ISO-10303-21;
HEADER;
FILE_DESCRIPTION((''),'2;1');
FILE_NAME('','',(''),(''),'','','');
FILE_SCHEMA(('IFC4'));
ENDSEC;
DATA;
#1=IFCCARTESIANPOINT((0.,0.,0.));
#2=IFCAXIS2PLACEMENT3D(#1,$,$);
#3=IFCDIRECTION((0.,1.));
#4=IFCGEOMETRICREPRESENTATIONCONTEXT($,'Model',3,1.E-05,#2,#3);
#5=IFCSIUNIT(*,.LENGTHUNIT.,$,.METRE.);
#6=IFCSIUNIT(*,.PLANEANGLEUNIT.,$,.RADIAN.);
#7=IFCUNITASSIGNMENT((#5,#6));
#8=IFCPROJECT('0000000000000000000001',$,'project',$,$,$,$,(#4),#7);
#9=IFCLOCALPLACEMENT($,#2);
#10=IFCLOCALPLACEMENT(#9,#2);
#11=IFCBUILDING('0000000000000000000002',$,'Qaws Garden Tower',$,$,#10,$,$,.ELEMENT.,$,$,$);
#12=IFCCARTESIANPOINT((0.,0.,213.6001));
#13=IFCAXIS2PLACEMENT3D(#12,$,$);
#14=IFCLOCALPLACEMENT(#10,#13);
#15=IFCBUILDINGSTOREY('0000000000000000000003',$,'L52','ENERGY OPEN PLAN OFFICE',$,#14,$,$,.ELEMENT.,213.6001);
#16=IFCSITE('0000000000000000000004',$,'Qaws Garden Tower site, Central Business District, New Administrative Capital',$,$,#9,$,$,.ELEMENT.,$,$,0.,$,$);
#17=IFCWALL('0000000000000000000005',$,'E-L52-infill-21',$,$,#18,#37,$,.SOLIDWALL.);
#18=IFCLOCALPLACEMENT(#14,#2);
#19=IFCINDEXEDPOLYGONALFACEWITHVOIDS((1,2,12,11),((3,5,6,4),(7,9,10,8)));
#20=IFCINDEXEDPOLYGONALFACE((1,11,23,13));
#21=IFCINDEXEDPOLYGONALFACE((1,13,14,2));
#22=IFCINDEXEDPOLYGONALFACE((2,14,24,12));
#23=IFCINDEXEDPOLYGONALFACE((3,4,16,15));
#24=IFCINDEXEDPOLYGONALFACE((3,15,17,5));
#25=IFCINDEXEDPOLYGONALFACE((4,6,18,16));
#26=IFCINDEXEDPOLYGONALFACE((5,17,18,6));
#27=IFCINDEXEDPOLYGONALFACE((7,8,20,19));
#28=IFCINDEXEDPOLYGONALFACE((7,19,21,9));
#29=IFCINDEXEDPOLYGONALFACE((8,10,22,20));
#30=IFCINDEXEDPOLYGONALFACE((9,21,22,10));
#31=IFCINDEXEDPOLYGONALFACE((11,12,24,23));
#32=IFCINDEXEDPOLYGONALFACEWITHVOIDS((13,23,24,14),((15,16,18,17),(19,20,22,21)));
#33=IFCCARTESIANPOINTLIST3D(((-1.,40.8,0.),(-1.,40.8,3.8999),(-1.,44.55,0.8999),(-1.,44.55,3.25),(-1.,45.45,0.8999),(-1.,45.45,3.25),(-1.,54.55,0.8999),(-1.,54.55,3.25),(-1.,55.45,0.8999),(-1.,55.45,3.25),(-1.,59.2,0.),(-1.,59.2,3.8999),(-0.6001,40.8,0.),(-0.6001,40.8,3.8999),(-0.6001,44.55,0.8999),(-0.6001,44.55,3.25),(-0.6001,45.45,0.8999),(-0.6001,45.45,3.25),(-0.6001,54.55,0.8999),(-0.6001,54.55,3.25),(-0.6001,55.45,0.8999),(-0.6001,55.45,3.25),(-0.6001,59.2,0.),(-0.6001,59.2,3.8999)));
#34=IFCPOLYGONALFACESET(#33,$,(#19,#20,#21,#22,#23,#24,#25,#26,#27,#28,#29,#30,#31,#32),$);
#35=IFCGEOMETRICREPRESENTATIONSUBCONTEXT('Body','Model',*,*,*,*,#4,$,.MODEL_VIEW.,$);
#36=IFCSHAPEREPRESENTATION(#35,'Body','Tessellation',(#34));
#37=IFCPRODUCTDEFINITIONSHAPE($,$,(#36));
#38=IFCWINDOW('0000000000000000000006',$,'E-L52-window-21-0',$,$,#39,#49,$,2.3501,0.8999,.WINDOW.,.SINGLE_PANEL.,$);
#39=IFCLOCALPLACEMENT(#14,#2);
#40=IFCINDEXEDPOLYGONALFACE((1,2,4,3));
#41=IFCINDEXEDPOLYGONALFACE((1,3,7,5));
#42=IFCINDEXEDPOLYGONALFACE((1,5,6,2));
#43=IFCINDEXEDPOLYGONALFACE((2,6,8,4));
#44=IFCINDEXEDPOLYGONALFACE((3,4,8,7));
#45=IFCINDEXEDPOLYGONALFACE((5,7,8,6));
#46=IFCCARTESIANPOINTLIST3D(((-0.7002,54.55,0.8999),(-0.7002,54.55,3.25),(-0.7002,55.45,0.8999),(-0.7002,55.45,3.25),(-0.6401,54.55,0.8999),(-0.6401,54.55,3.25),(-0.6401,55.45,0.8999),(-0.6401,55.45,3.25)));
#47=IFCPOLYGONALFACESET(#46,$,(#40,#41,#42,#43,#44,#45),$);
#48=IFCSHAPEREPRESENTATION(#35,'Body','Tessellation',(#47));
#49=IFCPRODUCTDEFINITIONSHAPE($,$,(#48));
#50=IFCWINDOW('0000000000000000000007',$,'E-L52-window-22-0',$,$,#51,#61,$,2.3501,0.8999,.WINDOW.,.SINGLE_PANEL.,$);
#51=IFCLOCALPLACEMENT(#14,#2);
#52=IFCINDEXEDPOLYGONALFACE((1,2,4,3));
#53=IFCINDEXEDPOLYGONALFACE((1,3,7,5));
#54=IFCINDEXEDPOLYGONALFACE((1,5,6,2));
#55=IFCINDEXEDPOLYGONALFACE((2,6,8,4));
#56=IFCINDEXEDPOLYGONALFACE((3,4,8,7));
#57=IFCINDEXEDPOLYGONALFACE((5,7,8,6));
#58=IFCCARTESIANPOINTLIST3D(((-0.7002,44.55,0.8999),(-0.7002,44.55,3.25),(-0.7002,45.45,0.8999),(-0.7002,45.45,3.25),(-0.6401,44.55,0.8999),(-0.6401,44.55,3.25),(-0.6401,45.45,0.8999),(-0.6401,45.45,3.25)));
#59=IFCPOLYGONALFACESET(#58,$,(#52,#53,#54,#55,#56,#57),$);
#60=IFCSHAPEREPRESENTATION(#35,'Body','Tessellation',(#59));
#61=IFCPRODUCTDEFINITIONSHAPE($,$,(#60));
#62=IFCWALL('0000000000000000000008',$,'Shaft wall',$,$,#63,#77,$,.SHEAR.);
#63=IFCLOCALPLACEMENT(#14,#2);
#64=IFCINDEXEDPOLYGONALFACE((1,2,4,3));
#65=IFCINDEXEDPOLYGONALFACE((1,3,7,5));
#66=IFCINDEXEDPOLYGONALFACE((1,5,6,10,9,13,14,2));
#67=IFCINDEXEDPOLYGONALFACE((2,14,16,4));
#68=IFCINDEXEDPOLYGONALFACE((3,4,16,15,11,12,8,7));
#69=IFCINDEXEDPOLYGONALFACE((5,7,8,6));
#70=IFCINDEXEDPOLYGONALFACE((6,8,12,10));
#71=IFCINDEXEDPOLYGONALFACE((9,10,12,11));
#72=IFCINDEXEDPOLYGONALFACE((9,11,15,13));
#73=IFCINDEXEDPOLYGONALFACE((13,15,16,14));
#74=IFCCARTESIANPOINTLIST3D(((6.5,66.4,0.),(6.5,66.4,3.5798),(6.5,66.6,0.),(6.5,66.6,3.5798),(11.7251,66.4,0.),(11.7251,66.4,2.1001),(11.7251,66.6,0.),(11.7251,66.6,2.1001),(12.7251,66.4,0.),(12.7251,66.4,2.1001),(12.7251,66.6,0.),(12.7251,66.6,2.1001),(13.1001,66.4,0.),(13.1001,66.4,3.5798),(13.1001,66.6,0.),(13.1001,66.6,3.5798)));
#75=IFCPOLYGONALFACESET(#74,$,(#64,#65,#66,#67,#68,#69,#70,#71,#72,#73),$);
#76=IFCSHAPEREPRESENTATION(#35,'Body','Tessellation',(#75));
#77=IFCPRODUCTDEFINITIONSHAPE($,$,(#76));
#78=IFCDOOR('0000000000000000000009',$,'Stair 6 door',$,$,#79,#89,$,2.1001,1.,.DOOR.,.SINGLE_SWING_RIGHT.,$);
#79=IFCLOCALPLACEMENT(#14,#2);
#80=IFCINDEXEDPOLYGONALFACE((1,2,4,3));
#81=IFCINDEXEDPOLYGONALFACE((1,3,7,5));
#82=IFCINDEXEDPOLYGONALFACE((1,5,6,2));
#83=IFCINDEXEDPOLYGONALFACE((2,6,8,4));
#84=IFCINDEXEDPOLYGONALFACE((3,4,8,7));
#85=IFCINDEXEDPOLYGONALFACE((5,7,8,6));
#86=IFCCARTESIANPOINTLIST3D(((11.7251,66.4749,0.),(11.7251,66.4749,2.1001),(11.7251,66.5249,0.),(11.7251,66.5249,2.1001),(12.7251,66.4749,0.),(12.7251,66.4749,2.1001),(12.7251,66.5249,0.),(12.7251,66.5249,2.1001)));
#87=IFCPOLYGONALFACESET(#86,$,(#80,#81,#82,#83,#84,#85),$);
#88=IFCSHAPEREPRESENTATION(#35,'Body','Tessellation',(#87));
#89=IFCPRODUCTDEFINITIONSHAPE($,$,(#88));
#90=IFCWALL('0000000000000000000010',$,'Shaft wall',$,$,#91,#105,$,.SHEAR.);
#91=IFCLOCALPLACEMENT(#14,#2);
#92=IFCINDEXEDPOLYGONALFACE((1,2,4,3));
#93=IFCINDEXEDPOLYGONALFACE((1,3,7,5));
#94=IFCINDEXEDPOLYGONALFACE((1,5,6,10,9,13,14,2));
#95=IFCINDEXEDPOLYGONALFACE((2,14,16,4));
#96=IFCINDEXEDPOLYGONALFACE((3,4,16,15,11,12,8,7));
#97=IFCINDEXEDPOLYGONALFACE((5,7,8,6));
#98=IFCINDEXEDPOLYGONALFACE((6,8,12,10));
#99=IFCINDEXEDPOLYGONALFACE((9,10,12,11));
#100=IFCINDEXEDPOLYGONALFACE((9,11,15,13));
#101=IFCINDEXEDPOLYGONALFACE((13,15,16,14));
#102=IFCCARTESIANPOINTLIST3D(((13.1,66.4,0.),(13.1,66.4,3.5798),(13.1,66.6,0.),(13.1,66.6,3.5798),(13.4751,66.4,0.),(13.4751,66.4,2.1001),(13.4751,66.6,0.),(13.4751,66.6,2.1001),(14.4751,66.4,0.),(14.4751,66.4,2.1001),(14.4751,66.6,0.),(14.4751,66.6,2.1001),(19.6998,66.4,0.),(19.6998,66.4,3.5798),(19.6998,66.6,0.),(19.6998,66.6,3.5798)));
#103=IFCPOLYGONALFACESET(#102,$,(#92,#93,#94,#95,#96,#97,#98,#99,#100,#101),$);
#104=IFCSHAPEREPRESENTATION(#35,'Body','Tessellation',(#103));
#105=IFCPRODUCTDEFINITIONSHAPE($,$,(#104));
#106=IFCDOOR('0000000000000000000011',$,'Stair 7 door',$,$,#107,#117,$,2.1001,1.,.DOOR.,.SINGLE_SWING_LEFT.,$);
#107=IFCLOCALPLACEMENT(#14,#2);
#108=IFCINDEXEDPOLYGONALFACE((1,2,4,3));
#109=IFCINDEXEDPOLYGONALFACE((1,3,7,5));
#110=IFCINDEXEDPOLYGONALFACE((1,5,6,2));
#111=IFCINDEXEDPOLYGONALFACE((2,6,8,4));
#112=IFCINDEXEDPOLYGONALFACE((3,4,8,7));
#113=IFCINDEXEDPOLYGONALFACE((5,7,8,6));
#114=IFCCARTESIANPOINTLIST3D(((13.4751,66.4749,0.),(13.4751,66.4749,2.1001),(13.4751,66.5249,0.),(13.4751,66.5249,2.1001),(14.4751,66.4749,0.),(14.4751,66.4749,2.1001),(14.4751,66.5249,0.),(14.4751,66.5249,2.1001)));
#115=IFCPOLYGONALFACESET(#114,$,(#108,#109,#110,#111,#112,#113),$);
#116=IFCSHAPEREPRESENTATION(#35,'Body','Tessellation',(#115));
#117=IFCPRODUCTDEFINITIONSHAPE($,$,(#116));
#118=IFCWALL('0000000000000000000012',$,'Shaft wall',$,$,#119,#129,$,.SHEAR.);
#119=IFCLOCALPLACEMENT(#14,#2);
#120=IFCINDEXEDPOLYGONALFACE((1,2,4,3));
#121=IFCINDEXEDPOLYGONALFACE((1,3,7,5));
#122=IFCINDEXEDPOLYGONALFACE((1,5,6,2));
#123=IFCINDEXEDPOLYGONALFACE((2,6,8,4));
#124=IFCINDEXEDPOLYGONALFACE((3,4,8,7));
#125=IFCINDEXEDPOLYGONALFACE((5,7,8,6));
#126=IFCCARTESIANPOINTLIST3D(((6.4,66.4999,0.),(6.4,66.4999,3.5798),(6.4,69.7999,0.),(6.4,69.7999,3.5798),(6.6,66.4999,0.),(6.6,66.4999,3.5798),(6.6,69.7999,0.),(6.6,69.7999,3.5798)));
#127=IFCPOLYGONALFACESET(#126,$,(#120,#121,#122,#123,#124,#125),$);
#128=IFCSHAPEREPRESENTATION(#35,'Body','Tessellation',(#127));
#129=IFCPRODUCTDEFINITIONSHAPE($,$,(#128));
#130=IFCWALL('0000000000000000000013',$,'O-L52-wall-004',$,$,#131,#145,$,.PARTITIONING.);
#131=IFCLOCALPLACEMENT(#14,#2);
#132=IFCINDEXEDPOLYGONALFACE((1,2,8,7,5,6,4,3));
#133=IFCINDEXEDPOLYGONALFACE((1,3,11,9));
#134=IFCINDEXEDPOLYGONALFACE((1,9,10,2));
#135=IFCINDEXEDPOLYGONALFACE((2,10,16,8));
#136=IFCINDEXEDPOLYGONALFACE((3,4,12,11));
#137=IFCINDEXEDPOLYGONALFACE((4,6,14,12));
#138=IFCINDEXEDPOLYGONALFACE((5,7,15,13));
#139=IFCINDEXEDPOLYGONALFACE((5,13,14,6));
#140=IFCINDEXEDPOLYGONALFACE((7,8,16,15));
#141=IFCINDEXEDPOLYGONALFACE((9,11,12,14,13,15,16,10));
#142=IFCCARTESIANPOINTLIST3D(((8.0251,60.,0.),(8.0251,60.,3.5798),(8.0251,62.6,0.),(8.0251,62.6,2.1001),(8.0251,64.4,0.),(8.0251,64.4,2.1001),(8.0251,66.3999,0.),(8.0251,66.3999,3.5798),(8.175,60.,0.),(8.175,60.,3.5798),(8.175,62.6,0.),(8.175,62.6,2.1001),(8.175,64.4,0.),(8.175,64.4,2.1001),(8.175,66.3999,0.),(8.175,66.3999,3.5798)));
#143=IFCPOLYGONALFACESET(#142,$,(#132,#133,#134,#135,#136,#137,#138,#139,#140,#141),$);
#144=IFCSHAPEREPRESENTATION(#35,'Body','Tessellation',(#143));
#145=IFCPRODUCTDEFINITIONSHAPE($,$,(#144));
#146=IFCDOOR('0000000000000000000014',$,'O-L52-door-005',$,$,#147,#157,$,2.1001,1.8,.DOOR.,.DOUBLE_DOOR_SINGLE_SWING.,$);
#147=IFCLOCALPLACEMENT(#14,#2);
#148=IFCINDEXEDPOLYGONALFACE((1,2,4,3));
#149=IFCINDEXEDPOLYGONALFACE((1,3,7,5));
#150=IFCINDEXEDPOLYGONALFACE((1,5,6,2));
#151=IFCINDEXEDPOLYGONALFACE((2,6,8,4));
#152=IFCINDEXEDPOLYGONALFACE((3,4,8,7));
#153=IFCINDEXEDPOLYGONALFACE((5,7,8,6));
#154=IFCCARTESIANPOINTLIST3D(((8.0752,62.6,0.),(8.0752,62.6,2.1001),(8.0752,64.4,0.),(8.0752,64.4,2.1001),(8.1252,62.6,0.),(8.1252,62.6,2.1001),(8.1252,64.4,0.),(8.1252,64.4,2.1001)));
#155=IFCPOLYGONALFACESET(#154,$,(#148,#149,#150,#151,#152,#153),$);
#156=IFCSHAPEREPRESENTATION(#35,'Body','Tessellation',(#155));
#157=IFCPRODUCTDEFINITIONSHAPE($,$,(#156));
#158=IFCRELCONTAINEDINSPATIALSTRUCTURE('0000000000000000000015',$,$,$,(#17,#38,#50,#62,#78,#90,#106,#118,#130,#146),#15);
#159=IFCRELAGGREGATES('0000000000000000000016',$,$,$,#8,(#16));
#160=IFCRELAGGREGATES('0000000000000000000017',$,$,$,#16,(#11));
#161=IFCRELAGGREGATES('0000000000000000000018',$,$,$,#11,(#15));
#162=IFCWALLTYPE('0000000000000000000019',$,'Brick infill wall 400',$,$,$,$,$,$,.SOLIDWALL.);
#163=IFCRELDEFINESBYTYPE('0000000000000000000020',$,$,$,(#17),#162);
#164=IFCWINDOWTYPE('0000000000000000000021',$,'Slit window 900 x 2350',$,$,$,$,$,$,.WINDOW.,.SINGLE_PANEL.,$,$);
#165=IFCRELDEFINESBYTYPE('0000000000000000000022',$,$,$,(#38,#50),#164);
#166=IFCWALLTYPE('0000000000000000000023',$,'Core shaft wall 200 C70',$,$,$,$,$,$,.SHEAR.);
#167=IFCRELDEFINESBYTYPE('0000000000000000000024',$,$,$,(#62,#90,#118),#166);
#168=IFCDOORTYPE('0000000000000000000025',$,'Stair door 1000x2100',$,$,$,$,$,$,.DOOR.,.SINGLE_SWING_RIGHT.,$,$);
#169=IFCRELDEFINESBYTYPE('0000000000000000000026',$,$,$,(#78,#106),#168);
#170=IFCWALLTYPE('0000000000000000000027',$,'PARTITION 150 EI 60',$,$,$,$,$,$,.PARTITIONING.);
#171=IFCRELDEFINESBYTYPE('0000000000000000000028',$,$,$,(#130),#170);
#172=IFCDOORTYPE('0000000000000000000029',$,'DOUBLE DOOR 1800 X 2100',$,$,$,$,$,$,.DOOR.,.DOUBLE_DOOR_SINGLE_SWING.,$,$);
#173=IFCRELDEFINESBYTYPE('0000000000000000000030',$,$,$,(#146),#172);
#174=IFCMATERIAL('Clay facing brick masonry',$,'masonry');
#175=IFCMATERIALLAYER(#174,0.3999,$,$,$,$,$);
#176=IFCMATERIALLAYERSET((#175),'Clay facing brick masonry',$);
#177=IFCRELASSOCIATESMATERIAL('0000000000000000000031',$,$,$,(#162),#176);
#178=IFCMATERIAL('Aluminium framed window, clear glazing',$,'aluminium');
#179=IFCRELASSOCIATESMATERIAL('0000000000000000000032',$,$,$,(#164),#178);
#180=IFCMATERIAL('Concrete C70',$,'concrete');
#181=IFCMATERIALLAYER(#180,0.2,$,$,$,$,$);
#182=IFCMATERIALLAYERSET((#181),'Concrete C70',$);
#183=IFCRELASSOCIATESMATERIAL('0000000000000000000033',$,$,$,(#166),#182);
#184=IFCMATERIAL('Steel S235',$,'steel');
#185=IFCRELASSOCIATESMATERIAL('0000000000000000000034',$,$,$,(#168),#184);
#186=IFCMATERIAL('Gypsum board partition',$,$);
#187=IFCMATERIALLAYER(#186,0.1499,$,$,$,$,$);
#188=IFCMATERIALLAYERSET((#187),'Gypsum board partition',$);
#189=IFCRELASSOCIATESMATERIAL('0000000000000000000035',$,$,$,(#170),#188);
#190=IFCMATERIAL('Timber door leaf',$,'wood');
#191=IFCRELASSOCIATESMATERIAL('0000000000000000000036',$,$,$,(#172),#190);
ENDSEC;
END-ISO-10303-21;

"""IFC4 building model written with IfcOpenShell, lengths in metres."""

from ifc_helpers import new_model, si_unit, direction, frame, frame_2d, origin, place, context, subcontext, project, spatial, rectangle, extrude, material, layer, layer_set, type_object, element, fill, save


model = new_model("IFC4")

# Units and contexts
model_context = context("Model", 3, precision=1e-05, world=origin(), true_north=direction((0.0, 1.0)))
body_context = subcontext(model_context, "Body", "Model", "MODEL_VIEW")
ifc_project = project(units=[si_unit("LENGTHUNIT", "METRE"), si_unit("PLANEANGLEUNIT", "RADIAN")], contexts=[model_context])

# Site, building, storey
site_placement = place(None, origin())
site = spatial("IfcSite", under=ifc_project, at=site_placement, Name="Qaws Garden Tower site, Central Business District, New Administrative Capital", CompositionType="ELEMENT", RefElevation=0.0)
building_placement = place(site_placement, origin())
building = spatial("IfcBuilding", under=site, at=building_placement, Name="Qaws Garden Tower", CompositionType="ELEMENT")
storey_placement = place(building_placement, frame((0.0, 0.0, 213.6001)))
storey = spatial("IfcBuildingStorey", under=building, at=storey_placement, Name="L52", Description="ENERGY OPEN PLAN OFFICE", CompositionType="ELEMENT", Elevation=213.6001)

# Shared definitions
ifc_material_1 = material(Name="Clay facing brick masonry", Category="masonry")
ifc_layer_1 = layer(ifc_material_1, 0.3999)
ifc_layer_set_1 = layer_set([ifc_layer_1], Name="Clay facing brick masonry")
wall_type_1 = type_object("IfcWallType", Name="Brick infill wall 400", PredefinedType="SOLIDWALL", material=ifc_layer_set_1)

# Wall, openings, windows
wall_1_placement = place(storey_placement, frame((-0.8, 59.2, 0.0), z_axis=(0.0, 0.0, 1.0), x_axis=(0.0, -1.0, 0.0)))
wall_1 = element("IfcWall", 1, at=wall_1_placement, inside=storey, type_object=wall_type_1, Name="E-L52-infill-21", PredefinedType="SOLIDWALL", context=body_context, shape_type="SweptSolid", body=[
    extrude(rectangle(XDim=18.3999, YDim=0.3999, at=frame_2d((9.2, 0.0))), origin(), (0.0, 0.0, 1.0), 3.8999),
])
opening_1_placement = place(wall_1_placement, frame((3.75, 0.0, 0.8999)))
opening_1 = element("IfcOpeningElement", 2, at=opening_1_placement, cuts=wall_1, PredefinedType="OPENING", context=body_context, shape_type="SweptSolid", body=[
    extrude(rectangle(XDim=0.8999, YDim=2.3501, at=frame_2d((0.45, 1.175))), frame((0.0, 0.21, 0.0), z_axis=(0.0, -1.0, 0.0), x_axis=(1.0, 0.0, 0.0)), (0.0, 0.0, 1.0), 0.4199),
])
opening_2_placement = place(wall_1_placement, frame((13.75, 0.0, 0.8999)))
opening_2 = element("IfcOpeningElement", 3, at=opening_2_placement, cuts=wall_1, PredefinedType="OPENING", context=body_context, shape_type="SweptSolid", body=[
    extrude(rectangle(XDim=0.8999, YDim=2.3501, at=frame_2d((0.45, 1.175))), frame((0.0, 0.21, 0.0), z_axis=(0.0, -1.0, 0.0), x_axis=(1.0, 0.0, 0.0)), (0.0, 0.0, 1.0), 0.4199),
])
ifc_material_2 = material(Name="Aluminium framed window, clear glazing", Category="aluminium")
window_type_1 = type_object("IfcWindowType", Name="Slit window 900 x 2350", PartitioningType="SINGLE_PANEL", PredefinedType="WINDOW", material=ifc_material_2)
window_1_placement = place(opening_1_placement, origin())
window_1 = element("IfcWindow", 4, at=window_1_placement, inside=storey, type_object=window_type_1, Name="E-L52-window-21-0", OverallHeight=2.3501, OverallWidth=0.8999, PartitioningType="SINGLE_PANEL", PredefinedType="WINDOW", context=body_context, shape_type="SweptSolid", body=[
    extrude(rectangle(XDim=0.8999, YDim=2.3501, at=frame_2d((0.45, 1.175))), frame((0.0, 0.1599, 0.0), z_axis=(0.0, -1.0, 0.0), x_axis=(1.0, 0.0, 0.0)), (0.0, 0.0, 1.0), 0.0601),
])
fill(opening_1, window_1)
window_2_placement = place(opening_2_placement, origin())
window_2 = element("IfcWindow", 5, at=window_2_placement, inside=storey, type_object=window_type_1, Name="E-L52-window-22-0", OverallHeight=2.3501, OverallWidth=0.8999, PartitioningType="SINGLE_PANEL", PredefinedType="WINDOW", context=body_context, shape_type="SweptSolid", body=[
    extrude(rectangle(XDim=0.8999, YDim=2.3501, at=frame_2d((0.45, 1.175))), frame((0.0, 0.1599, 0.0), z_axis=(0.0, -1.0, 0.0), x_axis=(1.0, 0.0, 0.0)), (0.0, 0.0, 1.0), 0.0601),
])
fill(opening_2, window_2)

# Walls, openings, doors
ifc_material_3 = material(Name="Concrete C70", Category="concrete")
ifc_layer_2 = layer(ifc_material_3, 0.2)
ifc_layer_set_2 = layer_set([ifc_layer_2], Name="Concrete C70")
wall_type_2 = type_object("IfcWallType", Name="Core shaft wall 200 C70", PredefinedType="SHEAR", material=ifc_layer_set_2)
wall_2_placement = place(storey_placement, frame((6.5, 66.5, 0.0), z_axis=(0.0, 0.0, 1.0), x_axis=(1.0, 0.0, 0.0)))
wall_2 = element("IfcWall", 6, at=wall_2_placement, inside=storey, type_object=wall_type_2, Name="Shaft wall", PredefinedType="SHEAR", context=body_context, shape_type="SweptSolid", body=[
    extrude(rectangle(XDim=6.6001, YDim=0.2, at=frame_2d((3.3, 0.0))), origin(), (0.0, 0.0, 1.0), 3.5798),
])
opening_3_placement = place(wall_2_placement, frame((5.2251, 0.0, 0.0)))
opening_3 = element("IfcOpeningElement", 7, at=opening_3_placement, cuts=wall_2, PredefinedType="OPENING", context=body_context, shape_type="SweptSolid", body=[
    extrude(rectangle(XDim=1.0, YDim=2.1001, at=frame_2d((0.5, 1.05))), frame((0.0, 0.1099, 0.0), z_axis=(0.0, -1.0, 0.0), x_axis=(1.0, 0.0, 0.0)), (0.0, 0.0, 1.0), 0.22),
])
ifc_material_4 = material(Name="Steel S235", Category="steel")
door_type_1 = type_object("IfcDoorType", Name="Stair door 1000x2100", OperationType="SINGLE_SWING_RIGHT", PredefinedType="DOOR", material=ifc_material_4)
door_1_placement = place(opening_3_placement, origin())
door_1 = element("IfcDoor", 8, at=door_1_placement, inside=storey, type_object=door_type_1, Name="Stair 6 door", OperationType="SINGLE_SWING_RIGHT", OverallHeight=2.1001, OverallWidth=1.0, PredefinedType="DOOR", context=body_context, shape_type="SweptSolid", body=[
    extrude(rectangle(XDim=1.0, YDim=2.1001, at=frame_2d((0.5, 1.05))), frame((0.0, 0.0249, 0.0), z_axis=(0.0, -1.0, 0.0), x_axis=(1.0, 0.0, 0.0)), (0.0, 0.0, 1.0), 0.05),
])
fill(opening_3, door_1)
wall_3_placement = place(storey_placement, frame((13.1001, 66.5, 0.0), z_axis=(0.0, 0.0, 1.0), x_axis=(1.0, 0.0, 0.0)))
wall_3 = element("IfcWall", 9, at=wall_3_placement, inside=storey, type_object=wall_type_2, Name="Shaft wall", PredefinedType="SHEAR", context=body_context, shape_type="SweptSolid", body=[
    extrude(rectangle(XDim=6.5999, YDim=0.2, at=frame_2d((3.2998, 0.0))), origin(), (0.0, 0.0, 1.0), 3.5798),
])
opening_4_placement = place(wall_3_placement, frame((0.375, 0.0, 0.0)))
opening_4 = element("IfcOpeningElement", 10, at=opening_4_placement, cuts=wall_3, PredefinedType="OPENING", context=body_context, shape_type="SweptSolid", body=[
    extrude(rectangle(XDim=1.0, YDim=2.1001, at=frame_2d((0.5, 1.05))), frame((0.0, 0.1099, 0.0), z_axis=(0.0, -1.0, 0.0), x_axis=(1.0, 0.0, 0.0)), (0.0, 0.0, 1.0), 0.22),
])
door_2_placement = place(opening_4_placement, origin())
door_2 = element("IfcDoor", 11, at=door_2_placement, inside=storey, type_object=door_type_1, Name="Stair 7 door", OperationType="SINGLE_SWING_LEFT", OverallHeight=2.1001, OverallWidth=1.0, PredefinedType="DOOR", context=body_context, shape_type="SweptSolid", body=[
    extrude(rectangle(XDim=1.0, YDim=2.1001, at=frame_2d((0.5, 1.05))), frame((0.0, 0.0249, 0.0), z_axis=(0.0, -1.0, 0.0), x_axis=(1.0, 0.0, 0.0)), (0.0, 0.0, 1.0), 0.05),
])
fill(opening_4, door_2)

# Wall
wall_4_placement = place(storey_placement, frame((6.5, 66.5, 0.0), z_axis=(0.0, 0.0, 1.0), x_axis=(0.0, 1.0, 0.0)))
element("IfcWall", 12, at=wall_4_placement, inside=storey, type_object=wall_type_2, Name="Shaft wall", PredefinedType="SHEAR", context=body_context, shape_type="SweptSolid", body=[
    extrude(rectangle(XDim=3.3, YDim=0.2, at=frame_2d((1.6499, 0.0))), origin(), (0.0, 0.0, 1.0), 3.5798),
])

# Wall, opening, door
ifc_material_5 = material(Name="Gypsum board partition")
ifc_layer_3 = layer(ifc_material_5, 0.1499)
ifc_layer_set_3 = layer_set([ifc_layer_3], Name="Gypsum board partition")
wall_type_3 = type_object("IfcWallType", Name="PARTITION 150 EI 60", PredefinedType="PARTITIONING", material=ifc_layer_set_3)
wall_5_placement = place(storey_placement, frame((8.1001, 60.0, 0.0), z_axis=(0.0, 0.0, 1.0), x_axis=(0.0, 1.0, 0.0)))
wall_5 = element("IfcWall", 13, at=wall_5_placement, inside=storey, type_object=wall_type_3, Name="O-L52-wall-004", PredefinedType="PARTITIONING", context=body_context, shape_type="SweptSolid", body=[
    extrude(rectangle(XDim=6.3999, YDim=0.1499, at=frame_2d((3.2, 0.0))), origin(), (0.0, 0.0, 1.0), 3.5798),
])
opening_5_placement = place(wall_5_placement, frame((2.6001, 0.0, 0.0)))
opening_5 = element("IfcOpeningElement", 14, at=opening_5_placement, cuts=wall_5, PredefinedType="OPENING", context=body_context, shape_type="SweptSolid", body=[
    extrude(rectangle(XDim=1.8, YDim=2.1001, at=frame_2d((0.8999, 1.05))), frame((0.0, 0.085, 0.0), z_axis=(0.0, -1.0, 0.0), x_axis=(1.0, 0.0, 0.0)), (0.0, 0.0, 1.0), 0.1699),
])
ifc_material_6 = material(Name="Timber door leaf", Category="wood")
door_type_2 = type_object("IfcDoorType", Name="DOUBLE DOOR 1800 X 2100", OperationType="DOUBLE_DOOR_SINGLE_SWING", PredefinedType="DOOR", material=ifc_material_6)
door_3_placement = place(opening_5_placement, origin())
door_3 = element("IfcDoor", 15, at=door_3_placement, inside=storey, type_object=door_type_2, Name="O-L52-door-005", OperationType="DOUBLE_DOOR_SINGLE_SWING", OverallHeight=2.1001, OverallWidth=1.8, PredefinedType="DOOR", context=body_context, shape_type="SweptSolid", body=[
    extrude(rectangle(XDim=1.8, YDim=2.1001, at=frame_2d((0.8999, 1.05))), frame((0.0, 0.0249, 0.0), z_axis=(0.0, -1.0, 0.0), x_axis=(1.0, 0.0, 0.0)), (0.0, 0.0, 1.0), 0.05),
])
fill(opening_5, door_3)

save(model, "model.ifc")
